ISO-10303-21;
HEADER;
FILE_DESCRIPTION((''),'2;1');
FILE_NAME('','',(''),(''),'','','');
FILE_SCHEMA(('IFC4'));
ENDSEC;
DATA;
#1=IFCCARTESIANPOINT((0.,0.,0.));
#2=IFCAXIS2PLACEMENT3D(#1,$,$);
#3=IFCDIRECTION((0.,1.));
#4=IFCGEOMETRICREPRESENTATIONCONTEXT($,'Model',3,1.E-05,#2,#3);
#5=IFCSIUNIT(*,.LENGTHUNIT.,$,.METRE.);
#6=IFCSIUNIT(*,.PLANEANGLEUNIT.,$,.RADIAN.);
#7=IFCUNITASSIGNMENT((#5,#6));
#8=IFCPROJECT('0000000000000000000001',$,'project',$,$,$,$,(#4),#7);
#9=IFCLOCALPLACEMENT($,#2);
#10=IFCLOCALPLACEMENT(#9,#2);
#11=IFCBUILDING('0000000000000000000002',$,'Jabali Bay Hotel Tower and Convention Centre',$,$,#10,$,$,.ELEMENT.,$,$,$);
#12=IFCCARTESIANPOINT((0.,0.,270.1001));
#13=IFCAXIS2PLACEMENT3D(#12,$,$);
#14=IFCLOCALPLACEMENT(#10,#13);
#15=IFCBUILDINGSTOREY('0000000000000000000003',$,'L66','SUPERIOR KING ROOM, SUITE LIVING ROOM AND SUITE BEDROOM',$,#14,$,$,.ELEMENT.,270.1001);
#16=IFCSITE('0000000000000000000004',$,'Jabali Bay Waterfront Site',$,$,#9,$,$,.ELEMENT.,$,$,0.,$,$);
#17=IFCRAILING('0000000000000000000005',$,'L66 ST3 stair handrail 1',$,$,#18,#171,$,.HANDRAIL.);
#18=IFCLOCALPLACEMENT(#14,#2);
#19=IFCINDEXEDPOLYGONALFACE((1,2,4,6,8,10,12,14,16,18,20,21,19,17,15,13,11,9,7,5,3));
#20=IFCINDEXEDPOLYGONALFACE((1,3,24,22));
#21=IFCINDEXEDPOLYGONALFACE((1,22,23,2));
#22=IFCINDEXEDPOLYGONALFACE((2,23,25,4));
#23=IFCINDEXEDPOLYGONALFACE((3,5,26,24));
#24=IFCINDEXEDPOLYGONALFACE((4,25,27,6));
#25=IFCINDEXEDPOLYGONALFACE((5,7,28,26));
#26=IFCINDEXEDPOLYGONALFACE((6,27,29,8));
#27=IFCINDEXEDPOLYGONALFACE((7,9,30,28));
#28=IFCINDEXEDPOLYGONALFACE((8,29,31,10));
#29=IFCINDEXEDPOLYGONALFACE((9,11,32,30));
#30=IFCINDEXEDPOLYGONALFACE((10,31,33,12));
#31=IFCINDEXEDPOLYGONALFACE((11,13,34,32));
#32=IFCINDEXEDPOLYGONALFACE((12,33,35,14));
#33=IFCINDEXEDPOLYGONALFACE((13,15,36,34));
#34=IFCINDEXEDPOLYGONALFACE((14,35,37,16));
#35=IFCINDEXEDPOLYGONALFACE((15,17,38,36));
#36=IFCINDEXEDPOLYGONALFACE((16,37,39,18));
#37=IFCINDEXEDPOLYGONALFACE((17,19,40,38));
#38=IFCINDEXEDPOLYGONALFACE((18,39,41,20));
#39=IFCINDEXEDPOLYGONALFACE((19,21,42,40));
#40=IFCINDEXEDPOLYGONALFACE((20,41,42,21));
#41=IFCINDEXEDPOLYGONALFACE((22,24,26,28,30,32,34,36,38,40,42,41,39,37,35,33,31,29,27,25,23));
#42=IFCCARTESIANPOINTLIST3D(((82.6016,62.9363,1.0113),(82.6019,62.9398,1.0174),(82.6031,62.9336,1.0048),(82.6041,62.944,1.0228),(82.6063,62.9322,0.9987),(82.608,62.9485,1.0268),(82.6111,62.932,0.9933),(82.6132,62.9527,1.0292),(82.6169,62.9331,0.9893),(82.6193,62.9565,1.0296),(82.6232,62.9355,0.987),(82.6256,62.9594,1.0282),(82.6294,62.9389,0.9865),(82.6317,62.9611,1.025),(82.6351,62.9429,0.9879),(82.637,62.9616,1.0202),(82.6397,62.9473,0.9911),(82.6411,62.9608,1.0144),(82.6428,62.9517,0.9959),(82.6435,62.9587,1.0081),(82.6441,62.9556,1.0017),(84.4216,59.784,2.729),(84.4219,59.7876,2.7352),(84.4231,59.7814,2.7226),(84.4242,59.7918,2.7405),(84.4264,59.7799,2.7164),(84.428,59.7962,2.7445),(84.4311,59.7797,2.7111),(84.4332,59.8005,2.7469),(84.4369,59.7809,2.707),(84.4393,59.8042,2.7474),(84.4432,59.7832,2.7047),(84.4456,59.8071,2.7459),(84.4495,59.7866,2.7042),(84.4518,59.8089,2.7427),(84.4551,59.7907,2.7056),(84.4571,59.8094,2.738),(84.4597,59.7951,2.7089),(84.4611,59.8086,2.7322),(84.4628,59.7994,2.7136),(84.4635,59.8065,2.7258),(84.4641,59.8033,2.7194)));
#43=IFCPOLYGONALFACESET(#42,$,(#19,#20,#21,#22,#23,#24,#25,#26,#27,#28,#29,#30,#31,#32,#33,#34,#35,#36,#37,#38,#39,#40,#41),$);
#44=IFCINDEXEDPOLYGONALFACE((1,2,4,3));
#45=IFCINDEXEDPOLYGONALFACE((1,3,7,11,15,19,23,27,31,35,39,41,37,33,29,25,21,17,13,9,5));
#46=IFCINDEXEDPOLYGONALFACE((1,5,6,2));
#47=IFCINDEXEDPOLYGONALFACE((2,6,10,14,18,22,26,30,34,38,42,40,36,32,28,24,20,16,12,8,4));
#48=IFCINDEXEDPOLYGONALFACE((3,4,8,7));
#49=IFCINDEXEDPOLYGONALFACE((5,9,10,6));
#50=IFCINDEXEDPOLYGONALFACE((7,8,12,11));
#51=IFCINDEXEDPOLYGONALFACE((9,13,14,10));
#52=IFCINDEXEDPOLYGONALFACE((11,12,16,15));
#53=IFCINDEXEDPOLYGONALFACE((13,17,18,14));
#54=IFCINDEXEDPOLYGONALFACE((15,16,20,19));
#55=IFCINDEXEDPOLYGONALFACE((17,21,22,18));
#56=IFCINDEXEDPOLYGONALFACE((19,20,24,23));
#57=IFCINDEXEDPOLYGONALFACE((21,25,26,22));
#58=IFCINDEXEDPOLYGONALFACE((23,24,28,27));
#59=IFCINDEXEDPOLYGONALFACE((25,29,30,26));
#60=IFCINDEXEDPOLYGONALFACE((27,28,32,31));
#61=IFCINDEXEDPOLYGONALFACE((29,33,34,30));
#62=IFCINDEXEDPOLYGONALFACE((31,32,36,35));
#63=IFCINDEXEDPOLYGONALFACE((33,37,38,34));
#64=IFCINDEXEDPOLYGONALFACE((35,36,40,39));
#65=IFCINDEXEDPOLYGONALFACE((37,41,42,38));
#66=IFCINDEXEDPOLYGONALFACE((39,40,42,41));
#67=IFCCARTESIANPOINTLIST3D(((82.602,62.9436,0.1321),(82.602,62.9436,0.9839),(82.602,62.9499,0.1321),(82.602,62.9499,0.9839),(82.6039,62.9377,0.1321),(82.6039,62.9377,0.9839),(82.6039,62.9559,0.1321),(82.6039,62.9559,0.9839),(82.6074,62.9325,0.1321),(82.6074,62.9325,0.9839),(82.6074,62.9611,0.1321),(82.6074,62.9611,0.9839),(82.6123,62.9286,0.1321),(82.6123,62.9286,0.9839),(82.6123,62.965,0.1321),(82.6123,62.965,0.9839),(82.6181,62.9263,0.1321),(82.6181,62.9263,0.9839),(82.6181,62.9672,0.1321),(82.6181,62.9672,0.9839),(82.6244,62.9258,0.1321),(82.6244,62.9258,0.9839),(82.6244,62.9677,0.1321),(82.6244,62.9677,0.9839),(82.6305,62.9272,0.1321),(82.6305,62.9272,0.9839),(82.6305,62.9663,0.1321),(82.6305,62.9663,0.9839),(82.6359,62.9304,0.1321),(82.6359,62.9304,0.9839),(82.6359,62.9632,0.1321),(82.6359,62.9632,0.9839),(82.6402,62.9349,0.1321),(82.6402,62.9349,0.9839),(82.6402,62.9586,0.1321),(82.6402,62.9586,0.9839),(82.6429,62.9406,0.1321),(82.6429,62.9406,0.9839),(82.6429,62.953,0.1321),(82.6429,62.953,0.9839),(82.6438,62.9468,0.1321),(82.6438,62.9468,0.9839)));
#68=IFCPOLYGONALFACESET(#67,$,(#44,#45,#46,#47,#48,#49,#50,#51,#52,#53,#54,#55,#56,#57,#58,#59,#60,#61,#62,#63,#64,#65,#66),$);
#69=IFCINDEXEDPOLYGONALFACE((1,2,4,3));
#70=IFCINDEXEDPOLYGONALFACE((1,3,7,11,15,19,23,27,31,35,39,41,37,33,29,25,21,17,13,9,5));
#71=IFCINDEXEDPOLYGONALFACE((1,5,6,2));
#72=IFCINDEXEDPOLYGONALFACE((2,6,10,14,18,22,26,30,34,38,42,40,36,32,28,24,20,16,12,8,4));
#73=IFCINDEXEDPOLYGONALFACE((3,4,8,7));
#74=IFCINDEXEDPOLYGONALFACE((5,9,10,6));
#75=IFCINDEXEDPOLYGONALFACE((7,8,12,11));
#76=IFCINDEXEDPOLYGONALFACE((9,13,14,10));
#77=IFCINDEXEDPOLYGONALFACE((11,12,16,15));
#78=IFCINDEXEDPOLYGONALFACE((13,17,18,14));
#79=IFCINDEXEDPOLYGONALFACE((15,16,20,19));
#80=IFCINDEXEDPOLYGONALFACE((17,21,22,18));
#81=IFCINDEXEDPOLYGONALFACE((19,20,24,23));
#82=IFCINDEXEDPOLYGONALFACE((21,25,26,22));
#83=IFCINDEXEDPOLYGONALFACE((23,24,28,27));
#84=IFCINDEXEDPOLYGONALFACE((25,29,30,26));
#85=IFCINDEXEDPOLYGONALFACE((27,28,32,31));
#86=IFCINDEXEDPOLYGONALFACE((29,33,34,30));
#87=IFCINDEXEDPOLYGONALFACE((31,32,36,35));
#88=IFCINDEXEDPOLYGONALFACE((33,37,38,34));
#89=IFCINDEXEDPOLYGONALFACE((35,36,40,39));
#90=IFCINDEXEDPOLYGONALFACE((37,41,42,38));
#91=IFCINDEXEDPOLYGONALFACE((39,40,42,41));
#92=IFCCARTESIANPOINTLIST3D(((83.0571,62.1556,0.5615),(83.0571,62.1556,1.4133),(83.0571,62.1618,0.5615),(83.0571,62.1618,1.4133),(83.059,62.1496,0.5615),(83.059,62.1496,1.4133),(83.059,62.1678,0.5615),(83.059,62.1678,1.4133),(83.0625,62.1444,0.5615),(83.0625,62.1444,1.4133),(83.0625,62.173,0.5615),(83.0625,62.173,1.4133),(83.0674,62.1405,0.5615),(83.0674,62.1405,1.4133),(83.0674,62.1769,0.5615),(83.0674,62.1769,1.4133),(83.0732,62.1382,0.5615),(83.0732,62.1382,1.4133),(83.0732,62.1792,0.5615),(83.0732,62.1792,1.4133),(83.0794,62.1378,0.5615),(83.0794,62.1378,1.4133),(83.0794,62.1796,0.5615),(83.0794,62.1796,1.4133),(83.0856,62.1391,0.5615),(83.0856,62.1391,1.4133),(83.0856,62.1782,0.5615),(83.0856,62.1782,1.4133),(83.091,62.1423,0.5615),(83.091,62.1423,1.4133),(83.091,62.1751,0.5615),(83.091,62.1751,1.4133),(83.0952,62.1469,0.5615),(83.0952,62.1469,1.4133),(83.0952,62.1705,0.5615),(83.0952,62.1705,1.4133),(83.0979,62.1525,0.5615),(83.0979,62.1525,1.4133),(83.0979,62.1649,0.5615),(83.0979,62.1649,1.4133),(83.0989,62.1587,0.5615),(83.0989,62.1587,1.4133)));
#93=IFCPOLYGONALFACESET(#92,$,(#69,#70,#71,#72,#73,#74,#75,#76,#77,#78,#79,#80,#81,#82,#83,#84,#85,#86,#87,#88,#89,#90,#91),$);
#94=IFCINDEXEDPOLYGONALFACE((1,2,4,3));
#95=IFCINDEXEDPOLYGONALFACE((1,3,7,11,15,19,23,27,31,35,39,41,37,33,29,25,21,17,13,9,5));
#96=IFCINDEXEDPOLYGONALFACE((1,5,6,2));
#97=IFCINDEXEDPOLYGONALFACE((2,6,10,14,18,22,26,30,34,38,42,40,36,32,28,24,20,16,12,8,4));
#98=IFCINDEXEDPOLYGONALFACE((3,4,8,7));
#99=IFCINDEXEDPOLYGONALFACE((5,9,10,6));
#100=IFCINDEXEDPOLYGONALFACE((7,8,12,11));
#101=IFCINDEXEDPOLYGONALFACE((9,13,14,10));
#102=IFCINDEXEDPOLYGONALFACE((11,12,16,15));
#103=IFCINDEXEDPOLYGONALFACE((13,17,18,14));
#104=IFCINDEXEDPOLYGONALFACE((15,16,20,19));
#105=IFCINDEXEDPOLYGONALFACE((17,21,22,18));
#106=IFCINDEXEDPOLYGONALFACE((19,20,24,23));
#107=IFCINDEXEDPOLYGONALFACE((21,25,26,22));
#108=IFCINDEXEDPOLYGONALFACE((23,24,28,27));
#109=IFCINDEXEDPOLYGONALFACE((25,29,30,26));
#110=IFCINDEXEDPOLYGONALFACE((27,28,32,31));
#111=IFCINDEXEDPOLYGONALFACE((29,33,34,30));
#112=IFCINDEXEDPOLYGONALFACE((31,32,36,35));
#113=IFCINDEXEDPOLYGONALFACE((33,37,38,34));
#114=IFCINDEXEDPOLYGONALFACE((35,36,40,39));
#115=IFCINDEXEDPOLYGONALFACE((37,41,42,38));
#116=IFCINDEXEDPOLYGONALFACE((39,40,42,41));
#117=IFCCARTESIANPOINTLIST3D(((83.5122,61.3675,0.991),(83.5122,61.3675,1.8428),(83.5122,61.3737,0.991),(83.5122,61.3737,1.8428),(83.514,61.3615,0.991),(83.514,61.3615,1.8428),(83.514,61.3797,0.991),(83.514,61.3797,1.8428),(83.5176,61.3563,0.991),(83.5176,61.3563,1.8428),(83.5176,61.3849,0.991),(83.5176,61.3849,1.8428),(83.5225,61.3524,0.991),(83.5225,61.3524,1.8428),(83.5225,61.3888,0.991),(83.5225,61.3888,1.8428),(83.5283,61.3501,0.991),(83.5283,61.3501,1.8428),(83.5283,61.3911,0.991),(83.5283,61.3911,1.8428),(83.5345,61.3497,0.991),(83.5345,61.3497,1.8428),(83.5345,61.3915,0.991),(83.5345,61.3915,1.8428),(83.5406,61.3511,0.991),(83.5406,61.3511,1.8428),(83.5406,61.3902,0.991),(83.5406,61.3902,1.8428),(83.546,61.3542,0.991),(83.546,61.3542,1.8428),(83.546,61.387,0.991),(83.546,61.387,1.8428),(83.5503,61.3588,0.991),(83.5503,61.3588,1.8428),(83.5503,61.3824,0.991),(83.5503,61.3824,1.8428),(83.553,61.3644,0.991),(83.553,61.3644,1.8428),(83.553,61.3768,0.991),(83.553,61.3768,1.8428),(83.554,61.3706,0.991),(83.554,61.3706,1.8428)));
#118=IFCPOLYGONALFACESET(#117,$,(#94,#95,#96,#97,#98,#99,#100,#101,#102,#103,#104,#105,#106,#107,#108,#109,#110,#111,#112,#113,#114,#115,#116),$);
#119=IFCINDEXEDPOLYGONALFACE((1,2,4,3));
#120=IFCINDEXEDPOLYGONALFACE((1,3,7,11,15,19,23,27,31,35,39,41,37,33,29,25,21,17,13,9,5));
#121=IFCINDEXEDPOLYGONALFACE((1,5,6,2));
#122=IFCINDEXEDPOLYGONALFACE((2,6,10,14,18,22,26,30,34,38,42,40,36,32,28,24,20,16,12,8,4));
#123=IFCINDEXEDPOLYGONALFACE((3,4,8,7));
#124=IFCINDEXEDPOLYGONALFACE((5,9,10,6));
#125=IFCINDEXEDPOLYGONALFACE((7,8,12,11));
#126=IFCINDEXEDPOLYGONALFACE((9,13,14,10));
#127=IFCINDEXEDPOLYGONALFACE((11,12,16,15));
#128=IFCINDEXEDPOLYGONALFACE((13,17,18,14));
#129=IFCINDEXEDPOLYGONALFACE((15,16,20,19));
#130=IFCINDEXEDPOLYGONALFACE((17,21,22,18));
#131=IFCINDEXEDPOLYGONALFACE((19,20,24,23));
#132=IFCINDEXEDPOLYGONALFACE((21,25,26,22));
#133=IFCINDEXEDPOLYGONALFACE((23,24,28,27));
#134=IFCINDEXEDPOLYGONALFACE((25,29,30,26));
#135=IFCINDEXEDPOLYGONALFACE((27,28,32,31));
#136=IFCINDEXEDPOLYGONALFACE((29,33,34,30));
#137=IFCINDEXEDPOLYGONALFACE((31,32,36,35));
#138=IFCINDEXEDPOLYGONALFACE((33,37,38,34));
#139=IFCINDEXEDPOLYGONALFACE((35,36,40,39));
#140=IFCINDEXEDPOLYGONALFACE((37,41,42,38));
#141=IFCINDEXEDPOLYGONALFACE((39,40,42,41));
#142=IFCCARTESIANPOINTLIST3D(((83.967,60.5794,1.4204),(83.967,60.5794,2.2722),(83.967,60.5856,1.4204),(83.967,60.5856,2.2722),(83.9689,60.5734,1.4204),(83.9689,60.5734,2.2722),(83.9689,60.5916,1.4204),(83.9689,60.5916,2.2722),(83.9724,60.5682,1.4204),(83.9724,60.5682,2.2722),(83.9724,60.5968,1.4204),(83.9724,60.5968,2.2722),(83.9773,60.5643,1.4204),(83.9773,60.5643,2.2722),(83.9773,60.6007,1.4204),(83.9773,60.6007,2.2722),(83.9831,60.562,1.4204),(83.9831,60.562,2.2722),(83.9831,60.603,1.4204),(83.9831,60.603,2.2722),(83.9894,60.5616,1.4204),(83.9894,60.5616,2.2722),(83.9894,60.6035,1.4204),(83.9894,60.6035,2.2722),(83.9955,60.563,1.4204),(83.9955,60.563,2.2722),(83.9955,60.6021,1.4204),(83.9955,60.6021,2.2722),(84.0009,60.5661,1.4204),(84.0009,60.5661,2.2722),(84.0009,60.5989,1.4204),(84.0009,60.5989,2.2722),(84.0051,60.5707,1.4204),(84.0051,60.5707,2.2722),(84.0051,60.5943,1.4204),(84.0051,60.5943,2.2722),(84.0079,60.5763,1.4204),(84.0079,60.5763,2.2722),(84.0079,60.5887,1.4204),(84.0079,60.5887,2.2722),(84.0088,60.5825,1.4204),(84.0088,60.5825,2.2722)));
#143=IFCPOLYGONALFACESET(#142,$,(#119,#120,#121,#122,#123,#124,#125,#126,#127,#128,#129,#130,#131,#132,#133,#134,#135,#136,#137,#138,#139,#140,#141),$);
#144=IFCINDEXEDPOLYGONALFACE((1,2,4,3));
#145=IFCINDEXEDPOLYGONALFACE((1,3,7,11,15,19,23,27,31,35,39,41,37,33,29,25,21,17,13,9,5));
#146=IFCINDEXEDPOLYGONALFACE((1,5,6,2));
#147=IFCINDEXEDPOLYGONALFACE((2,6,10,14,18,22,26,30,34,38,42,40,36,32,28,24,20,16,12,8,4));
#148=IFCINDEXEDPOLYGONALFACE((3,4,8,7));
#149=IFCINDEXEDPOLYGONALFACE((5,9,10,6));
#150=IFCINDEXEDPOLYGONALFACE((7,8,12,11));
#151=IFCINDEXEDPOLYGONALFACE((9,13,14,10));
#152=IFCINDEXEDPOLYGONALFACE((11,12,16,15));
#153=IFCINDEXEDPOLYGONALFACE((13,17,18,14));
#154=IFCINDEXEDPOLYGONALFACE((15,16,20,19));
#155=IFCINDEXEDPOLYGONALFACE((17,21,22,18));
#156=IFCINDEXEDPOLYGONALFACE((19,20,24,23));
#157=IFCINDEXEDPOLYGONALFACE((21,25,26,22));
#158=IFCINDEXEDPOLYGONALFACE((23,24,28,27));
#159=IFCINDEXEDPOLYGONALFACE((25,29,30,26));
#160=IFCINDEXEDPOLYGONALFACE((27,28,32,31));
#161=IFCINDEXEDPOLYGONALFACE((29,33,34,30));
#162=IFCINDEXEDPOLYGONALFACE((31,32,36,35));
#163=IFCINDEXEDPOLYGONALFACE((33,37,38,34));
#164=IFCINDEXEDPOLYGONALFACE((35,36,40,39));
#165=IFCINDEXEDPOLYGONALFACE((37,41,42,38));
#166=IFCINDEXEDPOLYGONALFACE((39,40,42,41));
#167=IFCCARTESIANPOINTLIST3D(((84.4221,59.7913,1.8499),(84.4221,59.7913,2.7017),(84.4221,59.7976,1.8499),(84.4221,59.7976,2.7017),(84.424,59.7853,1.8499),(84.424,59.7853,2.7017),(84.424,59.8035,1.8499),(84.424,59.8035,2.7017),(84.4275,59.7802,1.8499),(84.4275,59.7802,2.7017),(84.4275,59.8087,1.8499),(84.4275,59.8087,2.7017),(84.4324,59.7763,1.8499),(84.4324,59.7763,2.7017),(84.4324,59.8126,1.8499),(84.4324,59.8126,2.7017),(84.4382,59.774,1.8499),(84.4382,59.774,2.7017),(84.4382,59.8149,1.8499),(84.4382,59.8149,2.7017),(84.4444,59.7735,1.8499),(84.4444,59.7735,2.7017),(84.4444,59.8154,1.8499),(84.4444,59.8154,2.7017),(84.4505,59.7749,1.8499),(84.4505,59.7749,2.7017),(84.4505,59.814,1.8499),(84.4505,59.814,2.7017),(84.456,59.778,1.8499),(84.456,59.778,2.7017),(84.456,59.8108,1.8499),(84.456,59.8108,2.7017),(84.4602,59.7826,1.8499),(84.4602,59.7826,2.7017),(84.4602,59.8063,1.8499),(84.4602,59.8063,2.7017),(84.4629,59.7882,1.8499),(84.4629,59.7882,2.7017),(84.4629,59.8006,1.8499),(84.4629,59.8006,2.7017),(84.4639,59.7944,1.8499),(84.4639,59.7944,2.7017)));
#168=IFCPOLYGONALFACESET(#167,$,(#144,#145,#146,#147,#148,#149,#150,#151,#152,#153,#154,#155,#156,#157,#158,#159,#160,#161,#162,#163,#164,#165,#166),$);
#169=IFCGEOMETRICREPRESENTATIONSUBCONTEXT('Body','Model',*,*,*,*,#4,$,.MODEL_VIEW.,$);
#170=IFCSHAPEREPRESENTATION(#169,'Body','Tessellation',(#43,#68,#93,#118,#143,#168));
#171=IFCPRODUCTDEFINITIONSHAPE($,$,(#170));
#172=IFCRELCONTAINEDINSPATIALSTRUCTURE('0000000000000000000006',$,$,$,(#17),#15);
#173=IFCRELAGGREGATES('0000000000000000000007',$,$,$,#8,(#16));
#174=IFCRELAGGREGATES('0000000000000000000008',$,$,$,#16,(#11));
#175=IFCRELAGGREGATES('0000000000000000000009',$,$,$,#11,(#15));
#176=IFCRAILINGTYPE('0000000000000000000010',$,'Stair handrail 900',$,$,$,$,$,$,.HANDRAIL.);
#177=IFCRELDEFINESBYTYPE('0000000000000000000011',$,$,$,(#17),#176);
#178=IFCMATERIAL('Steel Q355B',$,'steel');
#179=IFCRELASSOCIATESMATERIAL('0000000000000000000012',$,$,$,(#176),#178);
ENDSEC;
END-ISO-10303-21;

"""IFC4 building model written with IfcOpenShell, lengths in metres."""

from ifc_helpers import new_model, si_unit, direction, frame, origin, origin_2d, place, context, subcontext, project, spatial, circle, extrude, material, type_object, element, save


model = new_model("IFC4")

# Units and contexts
model_context = context("Model", 3, precision=1e-05, world=origin(), true_north=direction((0.0, 1.0)))
body_context = subcontext(model_context, "Body", "Model", "MODEL_VIEW")
ifc_project = project(units=[si_unit("LENGTHUNIT", "METRE"), si_unit("PLANEANGLEUNIT", "RADIAN")], contexts=[model_context])

# Site, building, storey
site_placement = place(None, origin())
site = spatial("IfcSite", under=ifc_project, at=site_placement, Name="Jabali Bay Waterfront Site", CompositionType="ELEMENT", RefElevation=0.0)
building_placement = place(site_placement, origin())
building = spatial("IfcBuilding", under=site, at=building_placement, Name="Jabali Bay Hotel Tower and Convention Centre", CompositionType="ELEMENT")
storey_placement = place(building_placement, frame((0.0, 0.0, 270.1001)))
storey = spatial("IfcBuildingStorey", under=building, at=storey_placement, Name="L66", Description="SUPERIOR KING ROOM, SUITE LIVING ROOM AND SUITE BEDROOM", CompositionType="ELEMENT", Elevation=270.1001)

# Railing
ifc_material_1 = material(Name="Steel Q355B", Category="steel")
railing_type_1 = type_object("IfcRailingType", Name="Stair handrail 900", PredefinedType="HANDRAIL", material=ifc_material_1)
railing_1_placement = place(storey_placement, frame((82.6228, 62.9468, 0.1321)))
element("IfcRailing", 1, at=railing_1_placement, inside=storey, type_object=railing_type_1, Name="L66 ST3 stair handrail 1", PredefinedType="HANDRAIL", context=body_context, shape_type="SweptSolid", body=[
    extrude(circle(Radius=0.0239, at=origin_2d()), frame((0.0, 0.0, 0.876), z_axis=(0.45219, -0.78319, 0.426775), x_axis=(0.866018, 0.500013, 0.0)), (0.0, 0.0, 1.0), 4.0249),
    extrude(circle(Radius=0.021, at=origin_2d()), origin(), (0.0, 0.0, 1.0), 0.8518),
    extrude(circle(Radius=0.021, at=origin_2d()), frame((0.4551, -0.7881, 0.4294)), (0.0, 0.0, 1.0), 0.8518),
    extrude(circle(Radius=0.021, at=origin_2d()), frame((0.9102, -1.5762, 0.8589)), (0.0, 0.0, 1.0), 0.8518),
    extrude(circle(Radius=0.021, at=origin_2d()), frame((1.365, -2.3643, 1.2883)), (0.0, 0.0, 1.0), 0.8518),
    extrude(circle(Radius=0.021, at=origin_2d()), frame((1.8201, -3.1523, 1.7178)), (0.0, 0.0, 1.0), 0.8518),
])

save(model, "model.ifc")
